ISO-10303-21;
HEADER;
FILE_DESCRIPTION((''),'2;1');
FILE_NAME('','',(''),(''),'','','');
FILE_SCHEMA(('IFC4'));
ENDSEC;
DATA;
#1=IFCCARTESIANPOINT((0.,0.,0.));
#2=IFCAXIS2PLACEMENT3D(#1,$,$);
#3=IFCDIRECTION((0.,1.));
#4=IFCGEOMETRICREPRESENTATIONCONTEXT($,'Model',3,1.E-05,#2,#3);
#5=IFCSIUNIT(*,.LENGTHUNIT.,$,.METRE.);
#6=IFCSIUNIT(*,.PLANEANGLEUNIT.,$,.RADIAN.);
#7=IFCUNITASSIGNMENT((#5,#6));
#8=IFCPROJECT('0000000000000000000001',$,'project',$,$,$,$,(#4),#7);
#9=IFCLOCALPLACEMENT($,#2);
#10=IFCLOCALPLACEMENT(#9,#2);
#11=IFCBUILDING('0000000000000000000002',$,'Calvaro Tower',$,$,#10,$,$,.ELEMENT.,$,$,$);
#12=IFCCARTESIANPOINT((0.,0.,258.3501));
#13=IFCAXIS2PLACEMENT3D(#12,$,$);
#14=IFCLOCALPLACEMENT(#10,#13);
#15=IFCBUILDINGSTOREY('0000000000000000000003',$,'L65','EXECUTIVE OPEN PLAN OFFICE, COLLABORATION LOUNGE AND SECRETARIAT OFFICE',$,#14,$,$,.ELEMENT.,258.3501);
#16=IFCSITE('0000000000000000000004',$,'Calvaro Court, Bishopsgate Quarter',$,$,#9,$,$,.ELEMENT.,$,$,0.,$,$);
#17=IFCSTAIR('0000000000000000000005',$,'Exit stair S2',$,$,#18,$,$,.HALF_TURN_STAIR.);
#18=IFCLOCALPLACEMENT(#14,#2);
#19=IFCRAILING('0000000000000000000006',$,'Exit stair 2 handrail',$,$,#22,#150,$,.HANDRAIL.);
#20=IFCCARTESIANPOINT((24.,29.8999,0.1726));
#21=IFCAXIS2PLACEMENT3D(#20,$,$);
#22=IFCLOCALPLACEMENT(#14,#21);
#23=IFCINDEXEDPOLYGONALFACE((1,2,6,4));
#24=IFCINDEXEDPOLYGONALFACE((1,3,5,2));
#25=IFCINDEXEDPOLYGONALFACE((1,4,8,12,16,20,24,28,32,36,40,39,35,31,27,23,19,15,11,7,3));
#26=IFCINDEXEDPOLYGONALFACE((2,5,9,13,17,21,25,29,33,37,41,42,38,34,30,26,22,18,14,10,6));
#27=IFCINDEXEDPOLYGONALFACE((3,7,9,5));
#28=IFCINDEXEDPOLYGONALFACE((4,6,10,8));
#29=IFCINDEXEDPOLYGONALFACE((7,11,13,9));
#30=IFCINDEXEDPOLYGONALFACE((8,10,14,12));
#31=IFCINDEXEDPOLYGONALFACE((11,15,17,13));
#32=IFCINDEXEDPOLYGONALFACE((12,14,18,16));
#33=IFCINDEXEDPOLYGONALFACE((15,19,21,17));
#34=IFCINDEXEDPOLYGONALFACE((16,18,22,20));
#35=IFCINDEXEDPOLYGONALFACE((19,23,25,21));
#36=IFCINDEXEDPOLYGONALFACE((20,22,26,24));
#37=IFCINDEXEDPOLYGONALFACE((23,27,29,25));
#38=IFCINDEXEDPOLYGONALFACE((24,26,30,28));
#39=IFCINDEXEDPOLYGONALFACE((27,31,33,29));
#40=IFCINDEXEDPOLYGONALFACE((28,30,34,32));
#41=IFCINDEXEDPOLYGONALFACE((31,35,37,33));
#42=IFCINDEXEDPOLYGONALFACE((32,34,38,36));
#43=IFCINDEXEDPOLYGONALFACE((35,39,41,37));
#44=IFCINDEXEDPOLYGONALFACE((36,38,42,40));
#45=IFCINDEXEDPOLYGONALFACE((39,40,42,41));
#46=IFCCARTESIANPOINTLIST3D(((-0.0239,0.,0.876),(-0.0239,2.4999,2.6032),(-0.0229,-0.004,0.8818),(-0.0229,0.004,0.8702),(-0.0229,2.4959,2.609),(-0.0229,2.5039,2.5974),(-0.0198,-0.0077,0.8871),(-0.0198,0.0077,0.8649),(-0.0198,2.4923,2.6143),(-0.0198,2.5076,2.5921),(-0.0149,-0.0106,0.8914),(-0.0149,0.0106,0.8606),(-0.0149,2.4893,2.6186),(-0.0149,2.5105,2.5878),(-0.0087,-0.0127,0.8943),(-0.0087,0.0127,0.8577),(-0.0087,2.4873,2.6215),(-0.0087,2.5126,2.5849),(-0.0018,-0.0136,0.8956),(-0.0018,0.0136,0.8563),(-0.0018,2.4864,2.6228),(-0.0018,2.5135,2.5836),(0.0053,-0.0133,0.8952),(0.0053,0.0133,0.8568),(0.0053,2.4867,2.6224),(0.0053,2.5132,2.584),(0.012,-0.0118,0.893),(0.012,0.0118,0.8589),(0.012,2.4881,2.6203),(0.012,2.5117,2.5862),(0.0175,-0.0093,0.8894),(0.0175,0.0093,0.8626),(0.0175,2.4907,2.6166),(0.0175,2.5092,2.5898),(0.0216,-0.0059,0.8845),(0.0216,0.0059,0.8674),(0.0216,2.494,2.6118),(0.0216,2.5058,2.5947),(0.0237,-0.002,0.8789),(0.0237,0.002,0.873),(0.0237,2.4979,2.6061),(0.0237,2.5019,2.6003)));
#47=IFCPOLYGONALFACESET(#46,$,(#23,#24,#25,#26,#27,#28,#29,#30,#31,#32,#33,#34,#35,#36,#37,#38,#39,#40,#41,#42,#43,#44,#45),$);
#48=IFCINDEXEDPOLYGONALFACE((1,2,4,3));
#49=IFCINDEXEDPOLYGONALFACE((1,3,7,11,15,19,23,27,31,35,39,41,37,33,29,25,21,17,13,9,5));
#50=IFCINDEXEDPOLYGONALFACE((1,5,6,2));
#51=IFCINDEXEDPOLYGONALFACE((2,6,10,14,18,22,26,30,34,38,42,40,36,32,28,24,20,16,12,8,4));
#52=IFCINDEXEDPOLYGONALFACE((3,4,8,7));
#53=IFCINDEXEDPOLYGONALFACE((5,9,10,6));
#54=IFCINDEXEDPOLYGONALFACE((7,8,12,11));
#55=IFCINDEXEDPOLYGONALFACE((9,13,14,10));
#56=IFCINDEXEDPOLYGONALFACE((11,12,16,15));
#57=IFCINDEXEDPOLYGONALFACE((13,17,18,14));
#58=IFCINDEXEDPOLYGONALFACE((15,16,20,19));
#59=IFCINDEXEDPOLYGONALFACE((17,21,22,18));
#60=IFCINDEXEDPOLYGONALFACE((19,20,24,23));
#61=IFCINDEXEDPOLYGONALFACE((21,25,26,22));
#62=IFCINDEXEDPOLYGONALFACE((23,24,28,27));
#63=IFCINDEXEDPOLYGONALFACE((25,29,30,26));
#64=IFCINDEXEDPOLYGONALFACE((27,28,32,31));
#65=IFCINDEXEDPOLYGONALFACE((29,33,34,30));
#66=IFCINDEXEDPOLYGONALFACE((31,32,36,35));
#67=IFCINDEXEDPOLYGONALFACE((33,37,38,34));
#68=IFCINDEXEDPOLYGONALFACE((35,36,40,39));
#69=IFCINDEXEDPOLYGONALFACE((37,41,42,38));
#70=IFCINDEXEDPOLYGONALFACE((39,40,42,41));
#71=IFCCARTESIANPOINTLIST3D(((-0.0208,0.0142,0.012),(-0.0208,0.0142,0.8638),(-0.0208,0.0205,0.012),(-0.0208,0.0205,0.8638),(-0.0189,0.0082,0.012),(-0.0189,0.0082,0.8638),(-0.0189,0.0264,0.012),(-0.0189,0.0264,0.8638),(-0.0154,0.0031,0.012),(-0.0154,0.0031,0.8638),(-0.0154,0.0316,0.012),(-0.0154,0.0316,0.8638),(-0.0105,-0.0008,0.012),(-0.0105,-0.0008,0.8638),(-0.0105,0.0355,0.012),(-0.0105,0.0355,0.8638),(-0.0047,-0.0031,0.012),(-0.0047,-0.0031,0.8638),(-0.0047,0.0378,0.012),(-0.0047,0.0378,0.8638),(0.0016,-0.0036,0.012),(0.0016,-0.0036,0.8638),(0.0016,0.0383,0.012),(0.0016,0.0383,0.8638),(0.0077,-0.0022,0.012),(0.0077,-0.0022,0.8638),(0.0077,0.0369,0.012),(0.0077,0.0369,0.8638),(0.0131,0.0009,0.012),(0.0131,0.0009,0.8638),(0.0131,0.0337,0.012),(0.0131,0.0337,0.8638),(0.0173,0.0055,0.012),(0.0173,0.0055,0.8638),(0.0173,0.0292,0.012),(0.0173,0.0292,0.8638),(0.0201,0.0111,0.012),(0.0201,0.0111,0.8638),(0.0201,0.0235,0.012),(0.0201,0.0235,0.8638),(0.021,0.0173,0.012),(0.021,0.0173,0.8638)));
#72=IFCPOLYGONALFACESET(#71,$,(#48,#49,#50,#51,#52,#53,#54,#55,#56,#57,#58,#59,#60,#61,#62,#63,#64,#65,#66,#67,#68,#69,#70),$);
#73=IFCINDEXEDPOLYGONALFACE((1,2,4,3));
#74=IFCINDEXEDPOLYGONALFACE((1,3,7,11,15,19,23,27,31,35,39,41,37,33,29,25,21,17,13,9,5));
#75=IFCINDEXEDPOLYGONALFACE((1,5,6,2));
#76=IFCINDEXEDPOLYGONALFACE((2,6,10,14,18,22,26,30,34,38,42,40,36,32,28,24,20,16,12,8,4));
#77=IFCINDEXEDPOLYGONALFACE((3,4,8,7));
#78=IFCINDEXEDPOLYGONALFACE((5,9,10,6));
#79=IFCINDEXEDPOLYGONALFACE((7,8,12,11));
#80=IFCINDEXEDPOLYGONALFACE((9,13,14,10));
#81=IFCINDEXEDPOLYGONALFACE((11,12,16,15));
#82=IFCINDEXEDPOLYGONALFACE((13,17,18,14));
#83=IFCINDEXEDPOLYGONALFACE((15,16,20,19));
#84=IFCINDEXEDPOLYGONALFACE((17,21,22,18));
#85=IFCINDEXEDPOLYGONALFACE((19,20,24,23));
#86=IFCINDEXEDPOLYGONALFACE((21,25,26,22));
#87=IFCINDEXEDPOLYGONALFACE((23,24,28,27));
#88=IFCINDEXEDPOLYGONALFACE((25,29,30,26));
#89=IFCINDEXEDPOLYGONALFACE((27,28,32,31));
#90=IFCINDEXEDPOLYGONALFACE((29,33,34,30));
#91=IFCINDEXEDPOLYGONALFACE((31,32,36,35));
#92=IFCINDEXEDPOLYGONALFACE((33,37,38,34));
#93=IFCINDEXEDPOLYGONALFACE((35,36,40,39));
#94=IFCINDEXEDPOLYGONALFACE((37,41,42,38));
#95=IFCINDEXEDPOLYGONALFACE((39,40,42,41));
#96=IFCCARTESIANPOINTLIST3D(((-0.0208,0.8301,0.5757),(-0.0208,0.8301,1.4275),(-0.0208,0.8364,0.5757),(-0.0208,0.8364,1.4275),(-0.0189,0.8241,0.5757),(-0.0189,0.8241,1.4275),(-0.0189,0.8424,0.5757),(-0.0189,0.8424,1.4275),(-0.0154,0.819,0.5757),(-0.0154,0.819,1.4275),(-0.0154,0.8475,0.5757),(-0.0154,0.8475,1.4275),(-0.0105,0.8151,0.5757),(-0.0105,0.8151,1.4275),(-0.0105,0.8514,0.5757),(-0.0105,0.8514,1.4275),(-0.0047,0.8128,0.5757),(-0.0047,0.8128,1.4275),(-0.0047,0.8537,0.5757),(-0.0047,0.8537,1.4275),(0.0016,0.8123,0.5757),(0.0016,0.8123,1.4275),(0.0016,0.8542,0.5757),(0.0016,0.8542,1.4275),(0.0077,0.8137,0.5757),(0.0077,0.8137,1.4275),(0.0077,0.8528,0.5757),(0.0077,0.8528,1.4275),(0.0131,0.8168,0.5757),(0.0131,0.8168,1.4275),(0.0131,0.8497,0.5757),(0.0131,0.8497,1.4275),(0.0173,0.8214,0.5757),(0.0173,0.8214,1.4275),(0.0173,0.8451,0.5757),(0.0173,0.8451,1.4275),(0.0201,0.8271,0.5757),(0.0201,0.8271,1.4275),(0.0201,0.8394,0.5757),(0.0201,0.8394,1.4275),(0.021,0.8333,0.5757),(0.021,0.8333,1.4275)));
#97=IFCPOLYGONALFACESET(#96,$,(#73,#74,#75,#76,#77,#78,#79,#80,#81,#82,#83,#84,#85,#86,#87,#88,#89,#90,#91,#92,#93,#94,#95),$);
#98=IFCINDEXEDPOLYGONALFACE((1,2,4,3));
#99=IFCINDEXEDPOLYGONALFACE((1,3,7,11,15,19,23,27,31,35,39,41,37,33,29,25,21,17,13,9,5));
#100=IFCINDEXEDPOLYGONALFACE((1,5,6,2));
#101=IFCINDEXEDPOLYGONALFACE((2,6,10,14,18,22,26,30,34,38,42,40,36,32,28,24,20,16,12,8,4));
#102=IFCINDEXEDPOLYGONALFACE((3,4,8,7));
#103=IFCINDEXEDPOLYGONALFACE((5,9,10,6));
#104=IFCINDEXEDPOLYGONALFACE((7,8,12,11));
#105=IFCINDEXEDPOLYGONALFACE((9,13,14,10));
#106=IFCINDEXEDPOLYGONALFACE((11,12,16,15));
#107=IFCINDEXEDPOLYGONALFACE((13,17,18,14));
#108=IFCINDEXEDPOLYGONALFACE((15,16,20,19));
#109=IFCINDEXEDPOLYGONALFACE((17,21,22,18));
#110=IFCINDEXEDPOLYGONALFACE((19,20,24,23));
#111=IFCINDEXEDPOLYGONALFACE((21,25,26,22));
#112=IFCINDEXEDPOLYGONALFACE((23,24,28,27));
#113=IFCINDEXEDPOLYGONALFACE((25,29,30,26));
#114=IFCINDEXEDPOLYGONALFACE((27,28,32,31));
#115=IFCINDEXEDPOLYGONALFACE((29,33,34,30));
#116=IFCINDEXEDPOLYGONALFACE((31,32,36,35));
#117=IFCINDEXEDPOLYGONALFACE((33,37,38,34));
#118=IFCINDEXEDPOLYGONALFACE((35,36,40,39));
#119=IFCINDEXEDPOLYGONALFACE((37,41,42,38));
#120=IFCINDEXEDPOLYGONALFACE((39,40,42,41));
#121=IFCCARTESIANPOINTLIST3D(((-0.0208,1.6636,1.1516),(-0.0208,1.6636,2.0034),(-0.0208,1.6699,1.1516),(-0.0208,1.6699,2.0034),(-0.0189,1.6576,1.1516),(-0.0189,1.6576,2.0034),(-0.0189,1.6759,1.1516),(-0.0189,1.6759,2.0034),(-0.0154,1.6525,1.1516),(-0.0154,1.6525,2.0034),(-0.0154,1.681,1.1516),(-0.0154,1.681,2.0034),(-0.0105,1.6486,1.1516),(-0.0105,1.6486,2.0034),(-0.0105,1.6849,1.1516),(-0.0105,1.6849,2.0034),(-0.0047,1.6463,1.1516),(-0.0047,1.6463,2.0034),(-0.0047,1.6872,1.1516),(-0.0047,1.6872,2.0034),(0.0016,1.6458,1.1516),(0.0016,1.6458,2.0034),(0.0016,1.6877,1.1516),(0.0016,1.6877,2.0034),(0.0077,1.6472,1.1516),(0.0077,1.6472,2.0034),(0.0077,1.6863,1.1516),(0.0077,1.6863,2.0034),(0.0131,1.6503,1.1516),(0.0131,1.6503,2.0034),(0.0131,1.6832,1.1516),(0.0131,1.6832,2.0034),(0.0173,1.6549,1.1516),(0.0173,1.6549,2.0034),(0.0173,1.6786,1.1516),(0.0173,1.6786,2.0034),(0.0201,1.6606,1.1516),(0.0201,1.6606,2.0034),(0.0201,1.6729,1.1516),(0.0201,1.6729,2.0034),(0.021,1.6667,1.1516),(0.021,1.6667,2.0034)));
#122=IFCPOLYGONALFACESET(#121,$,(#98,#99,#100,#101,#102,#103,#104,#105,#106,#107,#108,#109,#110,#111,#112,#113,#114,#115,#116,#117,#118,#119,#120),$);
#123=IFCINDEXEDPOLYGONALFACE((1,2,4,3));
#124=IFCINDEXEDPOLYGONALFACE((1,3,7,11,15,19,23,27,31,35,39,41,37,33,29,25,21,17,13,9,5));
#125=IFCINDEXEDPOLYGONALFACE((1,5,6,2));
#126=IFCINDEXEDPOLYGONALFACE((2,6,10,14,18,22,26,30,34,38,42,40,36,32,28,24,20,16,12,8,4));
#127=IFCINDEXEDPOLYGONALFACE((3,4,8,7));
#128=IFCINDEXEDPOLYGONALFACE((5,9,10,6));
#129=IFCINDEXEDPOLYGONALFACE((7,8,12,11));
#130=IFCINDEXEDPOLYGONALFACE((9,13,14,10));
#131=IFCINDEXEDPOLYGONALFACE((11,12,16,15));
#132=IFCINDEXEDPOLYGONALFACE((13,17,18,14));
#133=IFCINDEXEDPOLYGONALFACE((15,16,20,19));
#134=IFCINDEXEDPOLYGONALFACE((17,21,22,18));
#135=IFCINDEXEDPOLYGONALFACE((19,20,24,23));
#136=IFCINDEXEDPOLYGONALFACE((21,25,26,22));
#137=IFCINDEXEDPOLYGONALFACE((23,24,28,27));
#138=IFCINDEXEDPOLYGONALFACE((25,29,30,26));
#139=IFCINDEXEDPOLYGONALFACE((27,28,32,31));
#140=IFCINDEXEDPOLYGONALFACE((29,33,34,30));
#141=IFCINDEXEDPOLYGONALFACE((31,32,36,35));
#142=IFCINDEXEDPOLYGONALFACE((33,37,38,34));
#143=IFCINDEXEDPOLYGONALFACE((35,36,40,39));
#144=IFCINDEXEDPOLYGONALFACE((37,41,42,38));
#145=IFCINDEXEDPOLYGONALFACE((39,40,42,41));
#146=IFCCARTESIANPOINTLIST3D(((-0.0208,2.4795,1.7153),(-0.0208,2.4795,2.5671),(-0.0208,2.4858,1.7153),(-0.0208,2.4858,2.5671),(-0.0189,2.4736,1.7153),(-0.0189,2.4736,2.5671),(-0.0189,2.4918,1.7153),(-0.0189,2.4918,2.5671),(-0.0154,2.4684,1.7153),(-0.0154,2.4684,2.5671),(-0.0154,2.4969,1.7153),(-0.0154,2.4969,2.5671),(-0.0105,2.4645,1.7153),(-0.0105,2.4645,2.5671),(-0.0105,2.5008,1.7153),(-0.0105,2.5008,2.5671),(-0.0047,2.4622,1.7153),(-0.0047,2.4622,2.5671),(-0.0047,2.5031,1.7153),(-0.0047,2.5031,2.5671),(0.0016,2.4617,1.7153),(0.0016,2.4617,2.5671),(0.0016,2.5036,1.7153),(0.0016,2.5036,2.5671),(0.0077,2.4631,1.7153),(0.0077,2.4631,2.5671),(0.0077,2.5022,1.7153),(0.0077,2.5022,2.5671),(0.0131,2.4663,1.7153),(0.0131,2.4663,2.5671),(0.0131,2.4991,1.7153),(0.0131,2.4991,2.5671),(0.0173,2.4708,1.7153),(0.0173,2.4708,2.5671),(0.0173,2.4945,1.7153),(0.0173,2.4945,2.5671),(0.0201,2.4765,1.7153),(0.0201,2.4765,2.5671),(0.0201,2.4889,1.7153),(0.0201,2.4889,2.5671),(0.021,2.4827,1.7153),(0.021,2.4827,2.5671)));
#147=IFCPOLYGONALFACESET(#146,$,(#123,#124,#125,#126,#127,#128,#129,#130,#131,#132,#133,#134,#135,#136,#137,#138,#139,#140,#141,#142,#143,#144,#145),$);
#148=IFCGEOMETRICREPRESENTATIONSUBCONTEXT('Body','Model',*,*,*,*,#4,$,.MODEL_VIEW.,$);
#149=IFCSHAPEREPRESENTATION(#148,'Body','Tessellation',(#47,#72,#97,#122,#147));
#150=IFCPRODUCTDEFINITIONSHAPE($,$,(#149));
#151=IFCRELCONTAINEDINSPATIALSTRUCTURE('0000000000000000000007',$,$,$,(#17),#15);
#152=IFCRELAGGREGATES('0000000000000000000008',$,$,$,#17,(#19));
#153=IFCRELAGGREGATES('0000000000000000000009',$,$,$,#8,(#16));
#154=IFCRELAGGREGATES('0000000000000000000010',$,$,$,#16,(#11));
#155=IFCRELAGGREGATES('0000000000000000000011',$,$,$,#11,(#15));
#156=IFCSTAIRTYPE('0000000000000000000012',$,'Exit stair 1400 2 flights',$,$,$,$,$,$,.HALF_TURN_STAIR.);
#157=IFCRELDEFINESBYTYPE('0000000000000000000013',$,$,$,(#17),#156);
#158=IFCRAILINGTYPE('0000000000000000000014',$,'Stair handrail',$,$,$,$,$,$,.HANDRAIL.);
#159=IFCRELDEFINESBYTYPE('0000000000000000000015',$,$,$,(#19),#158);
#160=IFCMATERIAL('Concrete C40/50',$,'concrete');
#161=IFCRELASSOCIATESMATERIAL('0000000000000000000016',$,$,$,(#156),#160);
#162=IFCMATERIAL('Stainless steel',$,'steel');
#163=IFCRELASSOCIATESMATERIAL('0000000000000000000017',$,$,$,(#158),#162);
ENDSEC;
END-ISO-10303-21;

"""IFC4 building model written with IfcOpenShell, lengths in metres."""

from ifc_helpers import new_model, si_unit, direction, frame, origin, origin_2d, place, context, subcontext, project, spatial, circle, extrude, material, type_object, element, aggregate, save


model = new_model("IFC4")

# Units and contexts
model_context = context("Model", 3, precision=1e-05, world=origin(), true_north=direction((0.0, 1.0)))
body_context = subcontext(model_context, "Body", "Model", "MODEL_VIEW")
ifc_project = project(units=[si_unit("LENGTHUNIT", "METRE"), si_unit("PLANEANGLEUNIT", "RADIAN")], contexts=[model_context])

# Site, building, storey
site_placement = place(None, origin())
site = spatial("IfcSite", under=ifc_project, at=site_placement, Name="Calvaro Court, Bishopsgate Quarter", CompositionType="ELEMENT", RefElevation=0.0)
building_placement = place(site_placement, origin())
building = spatial("IfcBuilding", under=site, at=building_placement, Name="Calvaro Tower", CompositionType="ELEMENT")
storey_placement = place(building_placement, frame((0.0, 0.0, 258.3501)))
storey = spatial("IfcBuildingStorey", under=building, at=storey_placement, Name="L65", Description="EXECUTIVE OPEN PLAN OFFICE, COLLABORATION LOUNGE AND SECRETARIAT OFFICE", CompositionType="ELEMENT", Elevation=258.3501)

# Stair, railing
ifc_material_1 = material(Name="Concrete C40/50", Category="concrete")
stair_type = type_object("IfcStairType", Name="Exit stair 1400 2 flights", PredefinedType="HALF_TURN_STAIR", material=ifc_material_1)
stair_placement = place(storey_placement, origin())
stair = element("IfcStair", 1, at=stair_placement, inside=storey, type_object=stair_type, Name="Exit stair S2", PredefinedType="HALF_TURN_STAIR")
ifc_material_2 = material(Name="Stainless steel", Category="steel")
railing_type = type_object("IfcRailingType", Name="Stair handrail", PredefinedType="HANDRAIL", material=ifc_material_2)
railing_1_placement = place(storey_placement, frame((24.0, 29.8999, 0.1726)))
railing_1 = element("IfcRailing", 2, at=railing_1_placement, type_object=railing_type, Name="Exit stair 2 handrail", PredefinedType="HANDRAIL", context=body_context, shape_type="SweptSolid", body=[
    extrude(circle(Radius=0.0239, at=origin_2d()), frame((0.0, 0.0, 0.876), z_axis=(0.0, 0.822727, 0.568437), x_axis=(-1.0, 0.0, 0.0)), (0.0, 0.0, 1.0), 3.0386),
    extrude(circle(Radius=0.021, at=origin_2d()), frame((0.0, 0.0173, 0.012)), (0.0, 0.0, 1.0), 0.8518),
    extrude(circle(Radius=0.021, at=origin_2d()), frame((0.0, 0.8333, 0.5757)), (0.0, 0.0, 1.0), 0.8518),
    extrude(circle(Radius=0.021, at=origin_2d()), frame((0.0, 1.6667, 1.1516)), (0.0, 0.0, 1.0), 0.8518),
    extrude(circle(Radius=0.021, at=origin_2d()), frame((0.0, 2.4827, 1.7153)), (0.0, 0.0, 1.0), 0.8518),
])
aggregate(stair, [railing_1])

save(model, "model.ifc")
